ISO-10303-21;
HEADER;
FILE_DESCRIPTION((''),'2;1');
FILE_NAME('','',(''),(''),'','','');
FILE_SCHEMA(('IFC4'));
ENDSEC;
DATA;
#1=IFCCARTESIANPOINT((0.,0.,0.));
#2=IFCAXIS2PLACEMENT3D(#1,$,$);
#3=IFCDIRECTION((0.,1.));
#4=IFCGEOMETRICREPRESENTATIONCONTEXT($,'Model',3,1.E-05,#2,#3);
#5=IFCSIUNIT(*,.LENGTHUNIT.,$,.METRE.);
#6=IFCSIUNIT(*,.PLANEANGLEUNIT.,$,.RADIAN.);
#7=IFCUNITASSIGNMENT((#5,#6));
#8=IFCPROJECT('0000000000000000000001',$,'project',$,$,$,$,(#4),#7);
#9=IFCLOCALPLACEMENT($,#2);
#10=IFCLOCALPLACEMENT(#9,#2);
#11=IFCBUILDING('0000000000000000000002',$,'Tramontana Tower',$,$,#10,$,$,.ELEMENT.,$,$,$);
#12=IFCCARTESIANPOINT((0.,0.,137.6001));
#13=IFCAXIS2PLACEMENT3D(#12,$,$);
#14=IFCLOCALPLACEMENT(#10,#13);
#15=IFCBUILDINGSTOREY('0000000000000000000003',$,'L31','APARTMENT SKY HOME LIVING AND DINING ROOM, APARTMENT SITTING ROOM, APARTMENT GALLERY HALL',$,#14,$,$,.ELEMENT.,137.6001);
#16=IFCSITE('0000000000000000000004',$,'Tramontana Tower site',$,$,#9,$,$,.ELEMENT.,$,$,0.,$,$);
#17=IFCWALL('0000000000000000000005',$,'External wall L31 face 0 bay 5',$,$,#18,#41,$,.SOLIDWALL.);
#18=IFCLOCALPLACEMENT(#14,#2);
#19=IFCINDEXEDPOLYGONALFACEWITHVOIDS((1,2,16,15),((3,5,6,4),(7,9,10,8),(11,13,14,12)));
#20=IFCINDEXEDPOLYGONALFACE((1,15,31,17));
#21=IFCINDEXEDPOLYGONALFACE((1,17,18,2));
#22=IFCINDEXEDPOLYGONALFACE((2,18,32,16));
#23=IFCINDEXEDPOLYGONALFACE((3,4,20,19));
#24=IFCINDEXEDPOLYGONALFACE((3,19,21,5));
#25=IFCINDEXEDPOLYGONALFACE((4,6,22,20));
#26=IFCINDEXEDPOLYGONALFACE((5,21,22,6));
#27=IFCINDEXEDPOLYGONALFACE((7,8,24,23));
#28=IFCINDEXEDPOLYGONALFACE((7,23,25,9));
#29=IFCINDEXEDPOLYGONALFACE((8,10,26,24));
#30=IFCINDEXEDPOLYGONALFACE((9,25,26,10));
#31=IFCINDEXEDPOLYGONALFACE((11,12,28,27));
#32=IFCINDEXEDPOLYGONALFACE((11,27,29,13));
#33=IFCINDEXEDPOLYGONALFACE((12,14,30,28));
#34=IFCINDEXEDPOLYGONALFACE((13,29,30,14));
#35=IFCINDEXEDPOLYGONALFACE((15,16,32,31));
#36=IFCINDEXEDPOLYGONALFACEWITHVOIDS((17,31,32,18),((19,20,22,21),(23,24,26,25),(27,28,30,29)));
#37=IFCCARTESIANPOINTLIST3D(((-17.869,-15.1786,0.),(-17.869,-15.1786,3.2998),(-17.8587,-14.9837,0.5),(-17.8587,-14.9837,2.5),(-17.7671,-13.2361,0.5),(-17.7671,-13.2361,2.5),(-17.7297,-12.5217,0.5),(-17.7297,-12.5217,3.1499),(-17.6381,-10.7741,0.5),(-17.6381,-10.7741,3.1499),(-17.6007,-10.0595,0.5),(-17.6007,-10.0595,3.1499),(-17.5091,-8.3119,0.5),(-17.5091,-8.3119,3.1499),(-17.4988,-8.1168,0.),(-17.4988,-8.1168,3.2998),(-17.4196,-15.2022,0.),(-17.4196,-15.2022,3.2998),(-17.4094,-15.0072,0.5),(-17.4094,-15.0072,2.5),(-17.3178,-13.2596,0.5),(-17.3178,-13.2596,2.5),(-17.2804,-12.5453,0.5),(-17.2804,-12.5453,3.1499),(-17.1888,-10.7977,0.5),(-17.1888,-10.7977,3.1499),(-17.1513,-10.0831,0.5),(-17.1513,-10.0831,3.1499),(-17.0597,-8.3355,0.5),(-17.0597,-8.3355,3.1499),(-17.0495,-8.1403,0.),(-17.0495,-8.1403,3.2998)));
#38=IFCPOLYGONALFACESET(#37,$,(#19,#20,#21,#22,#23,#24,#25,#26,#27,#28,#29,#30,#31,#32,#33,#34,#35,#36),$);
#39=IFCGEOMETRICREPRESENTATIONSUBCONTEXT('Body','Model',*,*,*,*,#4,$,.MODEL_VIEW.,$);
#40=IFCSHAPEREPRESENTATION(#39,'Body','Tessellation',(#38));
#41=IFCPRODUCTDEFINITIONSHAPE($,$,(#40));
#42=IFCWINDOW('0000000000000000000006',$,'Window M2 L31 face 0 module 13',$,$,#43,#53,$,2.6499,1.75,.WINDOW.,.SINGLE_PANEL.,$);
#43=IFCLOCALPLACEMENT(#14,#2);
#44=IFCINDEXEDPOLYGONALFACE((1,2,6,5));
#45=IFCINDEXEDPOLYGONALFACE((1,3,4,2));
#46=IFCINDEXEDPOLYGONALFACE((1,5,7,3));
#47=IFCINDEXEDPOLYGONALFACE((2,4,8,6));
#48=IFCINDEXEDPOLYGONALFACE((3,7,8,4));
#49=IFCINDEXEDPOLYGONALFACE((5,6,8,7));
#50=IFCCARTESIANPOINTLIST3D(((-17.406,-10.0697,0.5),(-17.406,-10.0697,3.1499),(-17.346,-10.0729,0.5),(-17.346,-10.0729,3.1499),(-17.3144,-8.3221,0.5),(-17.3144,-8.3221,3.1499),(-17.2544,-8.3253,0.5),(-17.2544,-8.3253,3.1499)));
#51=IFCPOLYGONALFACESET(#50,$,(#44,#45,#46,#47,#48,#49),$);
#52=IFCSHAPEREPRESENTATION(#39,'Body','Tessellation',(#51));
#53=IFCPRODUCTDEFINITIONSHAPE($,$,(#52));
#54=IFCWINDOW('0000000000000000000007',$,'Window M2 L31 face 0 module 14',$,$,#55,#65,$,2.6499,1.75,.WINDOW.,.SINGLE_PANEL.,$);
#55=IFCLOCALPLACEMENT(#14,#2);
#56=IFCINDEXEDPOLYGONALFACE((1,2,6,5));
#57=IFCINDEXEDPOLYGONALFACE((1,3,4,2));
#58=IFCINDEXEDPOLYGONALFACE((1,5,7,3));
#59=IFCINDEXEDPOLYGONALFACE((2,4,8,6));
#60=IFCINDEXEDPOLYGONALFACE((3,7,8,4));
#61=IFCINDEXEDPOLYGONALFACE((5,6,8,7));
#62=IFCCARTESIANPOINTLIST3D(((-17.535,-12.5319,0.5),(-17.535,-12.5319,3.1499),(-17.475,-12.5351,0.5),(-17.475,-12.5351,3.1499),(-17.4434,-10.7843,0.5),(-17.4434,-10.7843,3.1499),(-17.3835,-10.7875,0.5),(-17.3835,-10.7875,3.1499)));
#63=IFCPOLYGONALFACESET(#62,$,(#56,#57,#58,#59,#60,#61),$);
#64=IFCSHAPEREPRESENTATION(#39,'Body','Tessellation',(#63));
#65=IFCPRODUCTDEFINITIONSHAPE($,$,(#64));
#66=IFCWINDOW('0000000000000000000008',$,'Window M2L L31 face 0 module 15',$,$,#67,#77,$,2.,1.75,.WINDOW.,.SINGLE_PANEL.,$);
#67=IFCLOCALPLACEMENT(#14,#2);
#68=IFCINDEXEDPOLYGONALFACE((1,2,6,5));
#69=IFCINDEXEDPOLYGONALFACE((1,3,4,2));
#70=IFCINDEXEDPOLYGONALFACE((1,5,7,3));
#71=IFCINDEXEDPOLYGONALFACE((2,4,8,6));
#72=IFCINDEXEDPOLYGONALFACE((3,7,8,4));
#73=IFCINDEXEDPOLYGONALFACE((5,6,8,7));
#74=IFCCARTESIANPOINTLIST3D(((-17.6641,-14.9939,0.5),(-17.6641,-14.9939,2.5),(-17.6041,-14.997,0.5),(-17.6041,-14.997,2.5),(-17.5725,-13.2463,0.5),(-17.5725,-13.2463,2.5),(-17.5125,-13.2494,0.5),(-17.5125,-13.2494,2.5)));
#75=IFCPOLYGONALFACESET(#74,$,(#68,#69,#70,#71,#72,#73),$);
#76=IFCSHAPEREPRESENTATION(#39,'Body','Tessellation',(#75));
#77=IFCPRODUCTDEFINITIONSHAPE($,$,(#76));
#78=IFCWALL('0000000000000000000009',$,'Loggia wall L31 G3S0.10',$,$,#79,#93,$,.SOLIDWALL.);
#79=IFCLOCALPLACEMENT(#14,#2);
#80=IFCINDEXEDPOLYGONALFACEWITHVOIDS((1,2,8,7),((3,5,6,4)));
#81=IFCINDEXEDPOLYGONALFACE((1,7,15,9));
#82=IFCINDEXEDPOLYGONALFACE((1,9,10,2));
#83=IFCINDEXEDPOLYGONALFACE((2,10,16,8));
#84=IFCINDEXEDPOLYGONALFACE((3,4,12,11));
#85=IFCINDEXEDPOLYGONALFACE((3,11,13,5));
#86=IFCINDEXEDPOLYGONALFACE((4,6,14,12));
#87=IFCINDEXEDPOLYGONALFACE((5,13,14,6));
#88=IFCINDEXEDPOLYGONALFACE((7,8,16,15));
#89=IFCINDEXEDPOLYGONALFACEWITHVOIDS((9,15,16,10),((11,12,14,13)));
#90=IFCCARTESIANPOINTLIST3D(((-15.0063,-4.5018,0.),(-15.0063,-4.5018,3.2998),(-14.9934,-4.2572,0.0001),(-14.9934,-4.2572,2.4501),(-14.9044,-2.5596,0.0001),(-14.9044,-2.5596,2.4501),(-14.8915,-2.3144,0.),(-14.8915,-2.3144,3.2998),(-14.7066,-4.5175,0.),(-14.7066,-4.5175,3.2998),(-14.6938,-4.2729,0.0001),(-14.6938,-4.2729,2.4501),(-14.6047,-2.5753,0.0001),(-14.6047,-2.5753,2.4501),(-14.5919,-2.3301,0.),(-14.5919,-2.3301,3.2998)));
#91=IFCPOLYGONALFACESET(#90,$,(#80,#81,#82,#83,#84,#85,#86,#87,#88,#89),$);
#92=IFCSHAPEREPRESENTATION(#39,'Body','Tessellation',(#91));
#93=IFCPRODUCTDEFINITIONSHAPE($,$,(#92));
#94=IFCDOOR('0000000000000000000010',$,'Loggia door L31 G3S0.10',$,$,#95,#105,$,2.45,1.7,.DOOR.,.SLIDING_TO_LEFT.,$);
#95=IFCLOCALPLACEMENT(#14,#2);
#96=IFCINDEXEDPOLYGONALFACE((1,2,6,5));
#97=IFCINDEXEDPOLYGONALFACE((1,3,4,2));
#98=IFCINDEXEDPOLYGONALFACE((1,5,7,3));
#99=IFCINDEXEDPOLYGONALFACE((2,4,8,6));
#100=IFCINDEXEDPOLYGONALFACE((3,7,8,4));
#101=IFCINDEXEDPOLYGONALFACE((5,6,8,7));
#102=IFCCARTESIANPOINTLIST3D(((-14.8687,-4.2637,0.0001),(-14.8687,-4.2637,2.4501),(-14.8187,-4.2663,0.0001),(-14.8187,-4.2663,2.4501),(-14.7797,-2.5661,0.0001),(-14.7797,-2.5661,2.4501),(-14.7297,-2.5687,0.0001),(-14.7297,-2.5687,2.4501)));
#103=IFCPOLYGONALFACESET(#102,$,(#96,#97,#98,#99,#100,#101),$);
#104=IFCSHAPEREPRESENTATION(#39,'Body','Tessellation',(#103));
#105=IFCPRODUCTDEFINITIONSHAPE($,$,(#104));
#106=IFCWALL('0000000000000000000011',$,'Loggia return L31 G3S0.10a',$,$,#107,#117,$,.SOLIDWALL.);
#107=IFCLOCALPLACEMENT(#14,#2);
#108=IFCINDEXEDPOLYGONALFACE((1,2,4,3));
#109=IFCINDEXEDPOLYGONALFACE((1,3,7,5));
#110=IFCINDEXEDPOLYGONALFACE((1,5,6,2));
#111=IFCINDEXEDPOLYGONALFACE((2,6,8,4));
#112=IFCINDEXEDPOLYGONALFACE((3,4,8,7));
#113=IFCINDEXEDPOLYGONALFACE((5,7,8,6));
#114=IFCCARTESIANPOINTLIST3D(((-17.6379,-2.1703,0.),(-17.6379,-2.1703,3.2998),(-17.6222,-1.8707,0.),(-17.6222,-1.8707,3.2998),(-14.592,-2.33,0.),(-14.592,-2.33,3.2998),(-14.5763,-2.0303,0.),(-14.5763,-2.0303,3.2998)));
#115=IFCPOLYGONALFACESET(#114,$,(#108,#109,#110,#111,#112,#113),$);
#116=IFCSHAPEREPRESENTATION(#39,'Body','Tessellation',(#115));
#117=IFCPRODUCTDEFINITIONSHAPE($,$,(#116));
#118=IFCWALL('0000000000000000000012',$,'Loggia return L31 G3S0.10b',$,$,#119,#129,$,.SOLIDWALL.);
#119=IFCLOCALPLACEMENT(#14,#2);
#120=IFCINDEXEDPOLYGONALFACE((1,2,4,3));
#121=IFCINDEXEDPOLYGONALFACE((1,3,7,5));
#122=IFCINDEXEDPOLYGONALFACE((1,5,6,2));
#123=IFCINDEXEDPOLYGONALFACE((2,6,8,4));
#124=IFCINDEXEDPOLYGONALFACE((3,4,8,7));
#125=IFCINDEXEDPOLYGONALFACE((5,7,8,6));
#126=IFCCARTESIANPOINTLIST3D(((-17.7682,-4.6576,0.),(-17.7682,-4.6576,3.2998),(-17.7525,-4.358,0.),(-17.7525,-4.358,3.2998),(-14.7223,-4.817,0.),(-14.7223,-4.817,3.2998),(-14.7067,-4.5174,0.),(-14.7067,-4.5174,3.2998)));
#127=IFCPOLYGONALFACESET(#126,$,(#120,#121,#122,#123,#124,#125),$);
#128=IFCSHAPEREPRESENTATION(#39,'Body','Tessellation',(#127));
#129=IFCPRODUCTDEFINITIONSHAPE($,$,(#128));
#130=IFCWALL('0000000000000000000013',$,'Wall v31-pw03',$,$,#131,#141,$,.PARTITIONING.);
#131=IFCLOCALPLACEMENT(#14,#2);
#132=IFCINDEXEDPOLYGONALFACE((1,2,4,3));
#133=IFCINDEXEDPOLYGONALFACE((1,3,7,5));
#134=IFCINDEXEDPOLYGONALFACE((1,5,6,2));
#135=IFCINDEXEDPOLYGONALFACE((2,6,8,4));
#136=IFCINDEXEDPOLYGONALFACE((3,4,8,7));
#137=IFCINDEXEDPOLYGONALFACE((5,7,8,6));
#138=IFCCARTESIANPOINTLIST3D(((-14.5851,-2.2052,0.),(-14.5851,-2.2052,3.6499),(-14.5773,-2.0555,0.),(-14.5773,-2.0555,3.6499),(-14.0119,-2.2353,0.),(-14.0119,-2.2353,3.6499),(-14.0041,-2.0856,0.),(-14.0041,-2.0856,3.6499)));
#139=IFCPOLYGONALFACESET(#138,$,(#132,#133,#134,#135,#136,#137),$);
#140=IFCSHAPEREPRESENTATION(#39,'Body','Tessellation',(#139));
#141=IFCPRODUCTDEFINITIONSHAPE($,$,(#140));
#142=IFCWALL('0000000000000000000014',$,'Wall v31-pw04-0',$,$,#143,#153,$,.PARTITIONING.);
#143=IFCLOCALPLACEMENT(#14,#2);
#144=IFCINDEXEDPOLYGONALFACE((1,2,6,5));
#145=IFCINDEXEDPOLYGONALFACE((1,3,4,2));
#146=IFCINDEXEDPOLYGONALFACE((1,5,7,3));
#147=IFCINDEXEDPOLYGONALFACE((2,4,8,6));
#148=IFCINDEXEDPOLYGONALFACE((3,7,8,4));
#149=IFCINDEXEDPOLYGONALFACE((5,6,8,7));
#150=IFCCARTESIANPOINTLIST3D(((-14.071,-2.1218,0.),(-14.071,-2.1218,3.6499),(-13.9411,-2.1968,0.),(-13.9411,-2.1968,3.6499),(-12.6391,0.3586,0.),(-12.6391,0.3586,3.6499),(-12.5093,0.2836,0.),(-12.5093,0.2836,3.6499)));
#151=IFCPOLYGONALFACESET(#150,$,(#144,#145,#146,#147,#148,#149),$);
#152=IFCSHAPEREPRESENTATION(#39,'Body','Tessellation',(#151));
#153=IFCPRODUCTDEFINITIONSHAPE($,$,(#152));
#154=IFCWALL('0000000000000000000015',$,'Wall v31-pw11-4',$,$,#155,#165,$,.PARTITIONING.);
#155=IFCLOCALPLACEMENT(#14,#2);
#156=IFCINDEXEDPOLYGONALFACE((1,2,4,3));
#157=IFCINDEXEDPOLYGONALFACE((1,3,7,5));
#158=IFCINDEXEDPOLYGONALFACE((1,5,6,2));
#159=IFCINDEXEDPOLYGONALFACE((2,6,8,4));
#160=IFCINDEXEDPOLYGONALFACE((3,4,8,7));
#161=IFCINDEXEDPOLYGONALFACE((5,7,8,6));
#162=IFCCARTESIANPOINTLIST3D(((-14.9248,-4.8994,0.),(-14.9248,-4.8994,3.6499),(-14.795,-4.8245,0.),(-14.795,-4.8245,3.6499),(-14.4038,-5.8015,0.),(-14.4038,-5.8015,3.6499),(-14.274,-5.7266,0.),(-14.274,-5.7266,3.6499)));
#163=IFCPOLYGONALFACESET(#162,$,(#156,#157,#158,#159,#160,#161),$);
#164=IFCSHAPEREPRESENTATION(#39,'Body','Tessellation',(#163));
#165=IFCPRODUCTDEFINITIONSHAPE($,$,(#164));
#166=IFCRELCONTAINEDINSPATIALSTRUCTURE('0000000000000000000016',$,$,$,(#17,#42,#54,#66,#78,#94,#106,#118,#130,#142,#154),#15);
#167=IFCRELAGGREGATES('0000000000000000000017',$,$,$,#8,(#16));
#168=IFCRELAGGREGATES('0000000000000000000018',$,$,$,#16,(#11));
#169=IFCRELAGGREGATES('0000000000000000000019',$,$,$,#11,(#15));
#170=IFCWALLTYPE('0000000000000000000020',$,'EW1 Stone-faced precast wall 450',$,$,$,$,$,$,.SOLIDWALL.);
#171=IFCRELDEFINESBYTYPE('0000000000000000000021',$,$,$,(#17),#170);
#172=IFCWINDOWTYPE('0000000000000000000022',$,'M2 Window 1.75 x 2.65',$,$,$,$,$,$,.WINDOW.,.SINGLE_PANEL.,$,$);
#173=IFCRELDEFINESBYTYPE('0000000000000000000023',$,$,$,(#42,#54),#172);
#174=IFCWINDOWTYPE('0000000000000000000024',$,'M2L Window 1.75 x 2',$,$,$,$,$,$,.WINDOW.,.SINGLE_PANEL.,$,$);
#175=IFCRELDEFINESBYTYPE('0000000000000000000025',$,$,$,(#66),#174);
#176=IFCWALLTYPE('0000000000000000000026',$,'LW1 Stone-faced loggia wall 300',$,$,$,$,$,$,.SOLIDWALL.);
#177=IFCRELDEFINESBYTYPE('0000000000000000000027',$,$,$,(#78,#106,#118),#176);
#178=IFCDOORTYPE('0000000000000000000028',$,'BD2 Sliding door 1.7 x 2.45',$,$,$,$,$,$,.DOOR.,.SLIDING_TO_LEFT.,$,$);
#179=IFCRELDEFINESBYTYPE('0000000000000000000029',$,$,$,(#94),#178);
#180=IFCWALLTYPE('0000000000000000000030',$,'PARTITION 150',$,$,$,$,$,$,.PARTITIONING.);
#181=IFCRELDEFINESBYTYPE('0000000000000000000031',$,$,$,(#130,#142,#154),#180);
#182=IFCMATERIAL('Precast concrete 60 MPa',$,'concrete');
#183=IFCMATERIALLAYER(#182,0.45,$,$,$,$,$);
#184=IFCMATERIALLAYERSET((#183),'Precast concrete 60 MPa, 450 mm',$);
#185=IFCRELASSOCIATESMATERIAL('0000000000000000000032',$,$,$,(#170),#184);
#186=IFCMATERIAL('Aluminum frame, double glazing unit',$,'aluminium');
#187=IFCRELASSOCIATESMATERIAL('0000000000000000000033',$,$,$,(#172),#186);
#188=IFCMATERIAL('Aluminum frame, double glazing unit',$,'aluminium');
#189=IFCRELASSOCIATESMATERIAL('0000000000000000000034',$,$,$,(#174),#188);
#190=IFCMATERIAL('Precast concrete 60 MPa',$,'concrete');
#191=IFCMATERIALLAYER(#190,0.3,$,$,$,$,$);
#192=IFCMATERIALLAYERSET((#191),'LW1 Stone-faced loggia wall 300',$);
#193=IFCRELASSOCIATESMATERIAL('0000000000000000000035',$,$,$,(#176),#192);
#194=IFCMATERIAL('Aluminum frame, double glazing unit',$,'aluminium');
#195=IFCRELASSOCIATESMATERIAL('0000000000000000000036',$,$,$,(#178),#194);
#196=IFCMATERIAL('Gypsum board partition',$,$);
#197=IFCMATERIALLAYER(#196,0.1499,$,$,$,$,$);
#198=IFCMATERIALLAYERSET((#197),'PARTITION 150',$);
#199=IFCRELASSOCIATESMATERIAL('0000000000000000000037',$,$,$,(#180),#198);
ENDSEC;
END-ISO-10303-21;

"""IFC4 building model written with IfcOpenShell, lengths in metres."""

from ifc_helpers import new_model, si_unit, direction, frame, frame_2d, origin, place, context, subcontext, project, spatial, rectangle, extrude, material, layer, layer_set, type_object, element, fill, save


model = new_model("IFC4")

# Units and contexts
model_context = context("Model", 3, precision=1e-05, world=origin(), true_north=direction((0.0, 1.0)))
body_context = subcontext(model_context, "Body", "Model", "MODEL_VIEW")
ifc_project = project(units=[si_unit("LENGTHUNIT", "METRE"), si_unit("PLANEANGLEUNIT", "RADIAN")], contexts=[model_context])

# Site, building, storey
site_placement = place(None, origin())
site = spatial("IfcSite", under=ifc_project, at=site_placement, Name="Tramontana Tower site", CompositionType="ELEMENT", RefElevation=0.0)
building_placement = place(site_placement, origin())
building = spatial("IfcBuilding", under=site, at=building_placement, Name="Tramontana Tower", CompositionType="ELEMENT")
storey_placement = place(building_placement, frame((0.0, 0.0, 137.6001)))
storey = spatial("IfcBuildingStorey", under=building, at=storey_placement, Name="L31", Description="APARTMENT SKY HOME LIVING AND DINING ROOM, APARTMENT SITTING ROOM, APARTMENT GALLERY HALL", CompositionType="ELEMENT", Elevation=137.6001)

# Shared definitions
ifc_material_1 = material(Name="Precast concrete 60 MPa", Category="concrete")
ifc_layer_1 = layer(ifc_material_1, 0.45)
ifc_layer_set_1 = layer_set([ifc_layer_1], Name="Precast concrete 60 MPa, 450 mm")
wall_type_1 = type_object("IfcWallType", Name="EW1 Stone-faced precast wall 450", PredefinedType="SOLIDWALL", material=ifc_layer_set_1)
ifc_material_2 = material(Name="Aluminum frame, double glazing unit", Category="aluminium")
window_type_1 = type_object("IfcWindowType", Name="M2 Window 1.75 x 2.65", PartitioningType="SINGLE_PANEL", PredefinedType="WINDOW", material=ifc_material_2)

# Wall, openings, windows
wall_1_placement = place(storey_placement, frame((-17.2742, -8.1287, 0.0), z_axis=(0.0, 0.0, 1.0), x_axis=(-0.05234, -0.998629, 0.0)))
wall_1 = element("IfcWall", 1, at=wall_1_placement, inside=storey, type_object=wall_type_1, Name="External wall L31 face 0 bay 5", PredefinedType="SOLIDWALL", context=body_context, shape_type="SweptSolid", body=[
    extrude(rectangle(XDim=7.0715, YDim=0.45, at=frame_2d((3.5356, 0.0))), origin(), (0.0, 0.0, 1.0), 3.2998),
])
opening_1_placement = place(wall_1_placement, frame((0.1953, 0.0, 0.5)))
opening_1 = element("IfcOpeningElement", 2, at=opening_1_placement, cuts=wall_1, PredefinedType="OPENING", context=body_context, shape_type="SweptSolid", body=[
    extrude(rectangle(XDim=1.75, YDim=2.6499, at=frame_2d((0.875, 1.325))), frame((0.0, 0.2349, 0.0), z_axis=(0.0, -1.0, 0.0), x_axis=(1.0, 0.0, 0.0)), (0.0, 0.0, 1.0), 0.47),
])
opening_2_placement = place(wall_1_placement, frame((2.6609, 0.0, 0.5)))
opening_2 = element("IfcOpeningElement", 3, at=opening_2_placement, cuts=wall_1, PredefinedType="OPENING", context=body_context, shape_type="SweptSolid", body=[
    extrude(rectangle(XDim=1.75, YDim=2.6499, at=frame_2d((0.875, 1.325))), frame((0.0, 0.2349, 0.0), z_axis=(0.0, -1.0, 0.0), x_axis=(1.0, 0.0, 0.0)), (0.0, 0.0, 1.0), 0.47),
])
opening_3_placement = place(wall_1_placement, frame((5.1262, 0.0, 0.5)))
opening_3 = element("IfcOpeningElement", 4, at=opening_3_placement, cuts=wall_1, PredefinedType="OPENING", context=body_context, shape_type="SweptSolid", body=[
    extrude(rectangle(XDim=1.75, YDim=2.0, at=frame_2d((0.875, 1.0))), frame((0.0, 0.2349, 0.0), z_axis=(0.0, -1.0, 0.0), x_axis=(1.0, 0.0, 0.0)), (0.0, 0.0, 1.0), 0.47),
])
window_1_placement = place(opening_1_placement, origin())
window_1 = element("IfcWindow", 5, at=window_1_placement, inside=storey, type_object=window_type_1, Name="Window M2 L31 face 0 module 13", OverallHeight=2.6499, OverallWidth=1.75, PartitioningType="SINGLE_PANEL", PredefinedType="WINDOW", context=body_context, shape_type="SweptSolid", body=[
    extrude(rectangle(XDim=1.75, YDim=2.6499, at=frame_2d((0.875, 1.325))), frame((0.0, 0.03, 0.0), z_axis=(0.0, -1.0, 0.0), x_axis=(1.0, 0.0, 0.0)), (0.0, 0.0, 1.0), 0.0601),
])
fill(opening_1, window_1)
window_2_placement = place(opening_2_placement, origin())
window_2 = element("IfcWindow", 6, at=window_2_placement, inside=storey, type_object=window_type_1, Name="Window M2 L31 face 0 module 14", OverallHeight=2.6499, OverallWidth=1.75, PartitioningType="SINGLE_PANEL", PredefinedType="WINDOW", context=body_context, shape_type="SweptSolid", body=[
    extrude(rectangle(XDim=1.75, YDim=2.6499, at=frame_2d((0.875, 1.325))), frame((0.0, 0.03, 0.0), z_axis=(0.0, -1.0, 0.0), x_axis=(1.0, 0.0, 0.0)), (0.0, 0.0, 1.0), 0.0601),
])
fill(opening_2, window_2)
ifc_material_3 = material(Name="Aluminum frame, double glazing unit", Category="aluminium")
window_type_2 = type_object("IfcWindowType", Name="M2L Window 1.75 x 2", PartitioningType="SINGLE_PANEL", PredefinedType="WINDOW", material=ifc_material_3)
window_3_placement = place(opening_3_placement, origin())
window_3 = element("IfcWindow", 7, at=window_3_placement, inside=storey, type_object=window_type_2, Name="Window M2L L31 face 0 module 15", OverallHeight=2.0, OverallWidth=1.75, PartitioningType="SINGLE_PANEL", PredefinedType="WINDOW", context=body_context, shape_type="SweptSolid", body=[
    extrude(rectangle(XDim=1.75, YDim=2.0, at=frame_2d((0.875, 1.0))), frame((0.0, 0.03, 0.0), z_axis=(0.0, -1.0, 0.0), x_axis=(1.0, 0.0, 0.0)), (0.0, 0.0, 1.0), 0.0601),
])
fill(opening_3, window_3)

# Wall, opening, door
ifc_material_4 = material(Name="Precast concrete 60 MPa", Category="concrete")
ifc_layer_2 = layer(ifc_material_4, 0.3)
ifc_layer_set_2 = layer_set([ifc_layer_2], Name="LW1 Stone-faced loggia wall 300")
wall_type_2 = type_object("IfcWallType", Name="LW1 Stone-faced loggia wall 300", PredefinedType="SOLIDWALL", material=ifc_layer_set_2)
wall_2_placement = place(storey_placement, frame((-14.7417, -2.3223, 0.0), z_axis=(0.0, 0.0, 1.0), x_axis=(-0.052383, -0.998627, 0.0)))
wall_2 = element("IfcWall", 8, at=wall_2_placement, inside=storey, type_object=wall_type_2, Name="Loggia wall L31 G3S0.10", PredefinedType="SOLIDWALL", context=body_context, shape_type="SweptSolid", body=[
    extrude(rectangle(XDim=2.1904, YDim=0.3, at=frame_2d((1.0952, 0.0))), origin(), (0.0, 0.0, 1.0), 3.2998),
])
opening_4_placement = place(wall_2_placement, frame((0.2454, 0.0, 0.0)))
opening_4 = element("IfcOpeningElement", 9, at=opening_4_placement, cuts=wall_2, PredefinedType="OPENING", context=body_context, shape_type="SweptSolid", body=[
    extrude(rectangle(XDim=1.7, YDim=2.45, at=frame_2d((0.8501, 1.2251))), frame((0.0, 0.1599, 0.0), z_axis=(0.0, -1.0, 0.0), x_axis=(1.0, 0.0, 0.0)), (0.0, 0.0, 1.0), 0.3201),
])
ifc_material_5 = material(Name="Aluminum frame, double glazing unit", Category="aluminium")
door_type_1 = type_object("IfcDoorType", Name="BD2 Sliding door 1.7 x 2.45", OperationType="SLIDING_TO_LEFT", PredefinedType="DOOR", material=ifc_material_5)
door_1_placement = place(opening_4_placement, origin())
door_1 = element("IfcDoor", 10, at=door_1_placement, inside=storey, type_object=door_type_1, Name="Loggia door L31 G3S0.10", OperationType="SLIDING_TO_LEFT", OverallHeight=2.45, OverallWidth=1.7, PredefinedType="DOOR", context=body_context, shape_type="SweptSolid", body=[
    extrude(rectangle(XDim=1.7, YDim=2.45, at=frame_2d((0.8501, 1.2251))), frame((0.0, 0.0249, 0.0), z_axis=(0.0, -1.0, 0.0), x_axis=(1.0, 0.0, 0.0)), (0.0, 0.0, 1.0), 0.05),
])
fill(opening_4, door_1)

# Walls
for number, where, z_axis, x_axis, name in (
    (11, (-17.6299, -2.0205, 0.0), (0.0, 0.0, 1.0), (0.998629, -0.052349, 0.0), "Loggia return L31 G3S0.10a"),
    (12, (-17.7603, -4.5078, 0.0), (0.0, 0.0, 1.0), (0.998633, -0.052269, 0.0), "Loggia return L31 G3S0.10b"),
):
    element("IfcWall", number, at=place(storey_placement, frame(where, z_axis=z_axis, x_axis=x_axis)), inside=storey, type_object=wall_type_2, Name=name, PredefinedType="SOLIDWALL", context=body_context, shape_type="SweptSolid", body=[
        extrude(rectangle(XDim=3.05, YDim=0.3, at=frame_2d((1.5249, 0.0))), origin(), (0.0, 0.0, 1.0), 3.2998),
    ])
ifc_material_6 = material(Name="Gypsum board partition")
ifc_layer_3 = layer(ifc_material_6, 0.1499)
ifc_layer_set_3 = layer_set([ifc_layer_3], Name="PARTITION 150")
wall_type_3 = type_object("IfcWallType", Name="PARTITION 150", PredefinedType="PARTITIONING", material=ifc_layer_set_3)
wall_3_placement = place(storey_placement, frame((-14.5813, -2.1304, 0.0), z_axis=(0.0, 0.0, 1.0), x_axis=(0.998631, -0.052313, 0.0)))
element("IfcWall", 13, at=wall_3_placement, inside=storey, type_object=wall_type_3, Name="Wall v31-pw03", PredefinedType="PARTITIONING", context=body_context, shape_type="SweptSolid", body=[
    extrude(rectangle(XDim=0.574, YDim=0.1499, at=frame_2d((0.2871, 0.0))), origin(), (0.0, 0.0, 1.0), 3.6499),
])
wall_4_placement = place(storey_placement, frame((-14.0061, -2.1594, 0.0), z_axis=(0.0, 0.0, 1.0), x_axis=(0.499944, 0.866058, 0.0)))
element("IfcWall", 14, at=wall_4_placement, inside=storey, type_object=wall_type_3, Name="Wall v31-pw04-0", PredefinedType="PARTITIONING", context=body_context, shape_type="SweptSolid", body=[
    extrude(rectangle(XDim=2.864, YDim=0.1499, at=frame_2d((1.4321, 0.0))), origin(), (0.0, 0.0, 1.0), 3.6499),
])

# Wall
wall_5_placement = place(storey_placement, frame((-14.3389, -5.7642, 0.0), z_axis=(0.0, 0.0, 1.0), x_axis=(-0.500121, 0.865955, 0.0)))
element("IfcWall", 15, at=wall_5_placement, inside=storey, type_object=wall_type_3, Name="Wall v31-pw11-4", PredefinedType="PARTITIONING", context=body_context, shape_type="SweptSolid", body=[
    extrude(rectangle(XDim=1.0417, YDim=0.1499, at=frame_2d((0.521, 0.0))), origin(), (0.0, 0.0, 1.0), 3.6499),
])

save(model, "model.ifc")
